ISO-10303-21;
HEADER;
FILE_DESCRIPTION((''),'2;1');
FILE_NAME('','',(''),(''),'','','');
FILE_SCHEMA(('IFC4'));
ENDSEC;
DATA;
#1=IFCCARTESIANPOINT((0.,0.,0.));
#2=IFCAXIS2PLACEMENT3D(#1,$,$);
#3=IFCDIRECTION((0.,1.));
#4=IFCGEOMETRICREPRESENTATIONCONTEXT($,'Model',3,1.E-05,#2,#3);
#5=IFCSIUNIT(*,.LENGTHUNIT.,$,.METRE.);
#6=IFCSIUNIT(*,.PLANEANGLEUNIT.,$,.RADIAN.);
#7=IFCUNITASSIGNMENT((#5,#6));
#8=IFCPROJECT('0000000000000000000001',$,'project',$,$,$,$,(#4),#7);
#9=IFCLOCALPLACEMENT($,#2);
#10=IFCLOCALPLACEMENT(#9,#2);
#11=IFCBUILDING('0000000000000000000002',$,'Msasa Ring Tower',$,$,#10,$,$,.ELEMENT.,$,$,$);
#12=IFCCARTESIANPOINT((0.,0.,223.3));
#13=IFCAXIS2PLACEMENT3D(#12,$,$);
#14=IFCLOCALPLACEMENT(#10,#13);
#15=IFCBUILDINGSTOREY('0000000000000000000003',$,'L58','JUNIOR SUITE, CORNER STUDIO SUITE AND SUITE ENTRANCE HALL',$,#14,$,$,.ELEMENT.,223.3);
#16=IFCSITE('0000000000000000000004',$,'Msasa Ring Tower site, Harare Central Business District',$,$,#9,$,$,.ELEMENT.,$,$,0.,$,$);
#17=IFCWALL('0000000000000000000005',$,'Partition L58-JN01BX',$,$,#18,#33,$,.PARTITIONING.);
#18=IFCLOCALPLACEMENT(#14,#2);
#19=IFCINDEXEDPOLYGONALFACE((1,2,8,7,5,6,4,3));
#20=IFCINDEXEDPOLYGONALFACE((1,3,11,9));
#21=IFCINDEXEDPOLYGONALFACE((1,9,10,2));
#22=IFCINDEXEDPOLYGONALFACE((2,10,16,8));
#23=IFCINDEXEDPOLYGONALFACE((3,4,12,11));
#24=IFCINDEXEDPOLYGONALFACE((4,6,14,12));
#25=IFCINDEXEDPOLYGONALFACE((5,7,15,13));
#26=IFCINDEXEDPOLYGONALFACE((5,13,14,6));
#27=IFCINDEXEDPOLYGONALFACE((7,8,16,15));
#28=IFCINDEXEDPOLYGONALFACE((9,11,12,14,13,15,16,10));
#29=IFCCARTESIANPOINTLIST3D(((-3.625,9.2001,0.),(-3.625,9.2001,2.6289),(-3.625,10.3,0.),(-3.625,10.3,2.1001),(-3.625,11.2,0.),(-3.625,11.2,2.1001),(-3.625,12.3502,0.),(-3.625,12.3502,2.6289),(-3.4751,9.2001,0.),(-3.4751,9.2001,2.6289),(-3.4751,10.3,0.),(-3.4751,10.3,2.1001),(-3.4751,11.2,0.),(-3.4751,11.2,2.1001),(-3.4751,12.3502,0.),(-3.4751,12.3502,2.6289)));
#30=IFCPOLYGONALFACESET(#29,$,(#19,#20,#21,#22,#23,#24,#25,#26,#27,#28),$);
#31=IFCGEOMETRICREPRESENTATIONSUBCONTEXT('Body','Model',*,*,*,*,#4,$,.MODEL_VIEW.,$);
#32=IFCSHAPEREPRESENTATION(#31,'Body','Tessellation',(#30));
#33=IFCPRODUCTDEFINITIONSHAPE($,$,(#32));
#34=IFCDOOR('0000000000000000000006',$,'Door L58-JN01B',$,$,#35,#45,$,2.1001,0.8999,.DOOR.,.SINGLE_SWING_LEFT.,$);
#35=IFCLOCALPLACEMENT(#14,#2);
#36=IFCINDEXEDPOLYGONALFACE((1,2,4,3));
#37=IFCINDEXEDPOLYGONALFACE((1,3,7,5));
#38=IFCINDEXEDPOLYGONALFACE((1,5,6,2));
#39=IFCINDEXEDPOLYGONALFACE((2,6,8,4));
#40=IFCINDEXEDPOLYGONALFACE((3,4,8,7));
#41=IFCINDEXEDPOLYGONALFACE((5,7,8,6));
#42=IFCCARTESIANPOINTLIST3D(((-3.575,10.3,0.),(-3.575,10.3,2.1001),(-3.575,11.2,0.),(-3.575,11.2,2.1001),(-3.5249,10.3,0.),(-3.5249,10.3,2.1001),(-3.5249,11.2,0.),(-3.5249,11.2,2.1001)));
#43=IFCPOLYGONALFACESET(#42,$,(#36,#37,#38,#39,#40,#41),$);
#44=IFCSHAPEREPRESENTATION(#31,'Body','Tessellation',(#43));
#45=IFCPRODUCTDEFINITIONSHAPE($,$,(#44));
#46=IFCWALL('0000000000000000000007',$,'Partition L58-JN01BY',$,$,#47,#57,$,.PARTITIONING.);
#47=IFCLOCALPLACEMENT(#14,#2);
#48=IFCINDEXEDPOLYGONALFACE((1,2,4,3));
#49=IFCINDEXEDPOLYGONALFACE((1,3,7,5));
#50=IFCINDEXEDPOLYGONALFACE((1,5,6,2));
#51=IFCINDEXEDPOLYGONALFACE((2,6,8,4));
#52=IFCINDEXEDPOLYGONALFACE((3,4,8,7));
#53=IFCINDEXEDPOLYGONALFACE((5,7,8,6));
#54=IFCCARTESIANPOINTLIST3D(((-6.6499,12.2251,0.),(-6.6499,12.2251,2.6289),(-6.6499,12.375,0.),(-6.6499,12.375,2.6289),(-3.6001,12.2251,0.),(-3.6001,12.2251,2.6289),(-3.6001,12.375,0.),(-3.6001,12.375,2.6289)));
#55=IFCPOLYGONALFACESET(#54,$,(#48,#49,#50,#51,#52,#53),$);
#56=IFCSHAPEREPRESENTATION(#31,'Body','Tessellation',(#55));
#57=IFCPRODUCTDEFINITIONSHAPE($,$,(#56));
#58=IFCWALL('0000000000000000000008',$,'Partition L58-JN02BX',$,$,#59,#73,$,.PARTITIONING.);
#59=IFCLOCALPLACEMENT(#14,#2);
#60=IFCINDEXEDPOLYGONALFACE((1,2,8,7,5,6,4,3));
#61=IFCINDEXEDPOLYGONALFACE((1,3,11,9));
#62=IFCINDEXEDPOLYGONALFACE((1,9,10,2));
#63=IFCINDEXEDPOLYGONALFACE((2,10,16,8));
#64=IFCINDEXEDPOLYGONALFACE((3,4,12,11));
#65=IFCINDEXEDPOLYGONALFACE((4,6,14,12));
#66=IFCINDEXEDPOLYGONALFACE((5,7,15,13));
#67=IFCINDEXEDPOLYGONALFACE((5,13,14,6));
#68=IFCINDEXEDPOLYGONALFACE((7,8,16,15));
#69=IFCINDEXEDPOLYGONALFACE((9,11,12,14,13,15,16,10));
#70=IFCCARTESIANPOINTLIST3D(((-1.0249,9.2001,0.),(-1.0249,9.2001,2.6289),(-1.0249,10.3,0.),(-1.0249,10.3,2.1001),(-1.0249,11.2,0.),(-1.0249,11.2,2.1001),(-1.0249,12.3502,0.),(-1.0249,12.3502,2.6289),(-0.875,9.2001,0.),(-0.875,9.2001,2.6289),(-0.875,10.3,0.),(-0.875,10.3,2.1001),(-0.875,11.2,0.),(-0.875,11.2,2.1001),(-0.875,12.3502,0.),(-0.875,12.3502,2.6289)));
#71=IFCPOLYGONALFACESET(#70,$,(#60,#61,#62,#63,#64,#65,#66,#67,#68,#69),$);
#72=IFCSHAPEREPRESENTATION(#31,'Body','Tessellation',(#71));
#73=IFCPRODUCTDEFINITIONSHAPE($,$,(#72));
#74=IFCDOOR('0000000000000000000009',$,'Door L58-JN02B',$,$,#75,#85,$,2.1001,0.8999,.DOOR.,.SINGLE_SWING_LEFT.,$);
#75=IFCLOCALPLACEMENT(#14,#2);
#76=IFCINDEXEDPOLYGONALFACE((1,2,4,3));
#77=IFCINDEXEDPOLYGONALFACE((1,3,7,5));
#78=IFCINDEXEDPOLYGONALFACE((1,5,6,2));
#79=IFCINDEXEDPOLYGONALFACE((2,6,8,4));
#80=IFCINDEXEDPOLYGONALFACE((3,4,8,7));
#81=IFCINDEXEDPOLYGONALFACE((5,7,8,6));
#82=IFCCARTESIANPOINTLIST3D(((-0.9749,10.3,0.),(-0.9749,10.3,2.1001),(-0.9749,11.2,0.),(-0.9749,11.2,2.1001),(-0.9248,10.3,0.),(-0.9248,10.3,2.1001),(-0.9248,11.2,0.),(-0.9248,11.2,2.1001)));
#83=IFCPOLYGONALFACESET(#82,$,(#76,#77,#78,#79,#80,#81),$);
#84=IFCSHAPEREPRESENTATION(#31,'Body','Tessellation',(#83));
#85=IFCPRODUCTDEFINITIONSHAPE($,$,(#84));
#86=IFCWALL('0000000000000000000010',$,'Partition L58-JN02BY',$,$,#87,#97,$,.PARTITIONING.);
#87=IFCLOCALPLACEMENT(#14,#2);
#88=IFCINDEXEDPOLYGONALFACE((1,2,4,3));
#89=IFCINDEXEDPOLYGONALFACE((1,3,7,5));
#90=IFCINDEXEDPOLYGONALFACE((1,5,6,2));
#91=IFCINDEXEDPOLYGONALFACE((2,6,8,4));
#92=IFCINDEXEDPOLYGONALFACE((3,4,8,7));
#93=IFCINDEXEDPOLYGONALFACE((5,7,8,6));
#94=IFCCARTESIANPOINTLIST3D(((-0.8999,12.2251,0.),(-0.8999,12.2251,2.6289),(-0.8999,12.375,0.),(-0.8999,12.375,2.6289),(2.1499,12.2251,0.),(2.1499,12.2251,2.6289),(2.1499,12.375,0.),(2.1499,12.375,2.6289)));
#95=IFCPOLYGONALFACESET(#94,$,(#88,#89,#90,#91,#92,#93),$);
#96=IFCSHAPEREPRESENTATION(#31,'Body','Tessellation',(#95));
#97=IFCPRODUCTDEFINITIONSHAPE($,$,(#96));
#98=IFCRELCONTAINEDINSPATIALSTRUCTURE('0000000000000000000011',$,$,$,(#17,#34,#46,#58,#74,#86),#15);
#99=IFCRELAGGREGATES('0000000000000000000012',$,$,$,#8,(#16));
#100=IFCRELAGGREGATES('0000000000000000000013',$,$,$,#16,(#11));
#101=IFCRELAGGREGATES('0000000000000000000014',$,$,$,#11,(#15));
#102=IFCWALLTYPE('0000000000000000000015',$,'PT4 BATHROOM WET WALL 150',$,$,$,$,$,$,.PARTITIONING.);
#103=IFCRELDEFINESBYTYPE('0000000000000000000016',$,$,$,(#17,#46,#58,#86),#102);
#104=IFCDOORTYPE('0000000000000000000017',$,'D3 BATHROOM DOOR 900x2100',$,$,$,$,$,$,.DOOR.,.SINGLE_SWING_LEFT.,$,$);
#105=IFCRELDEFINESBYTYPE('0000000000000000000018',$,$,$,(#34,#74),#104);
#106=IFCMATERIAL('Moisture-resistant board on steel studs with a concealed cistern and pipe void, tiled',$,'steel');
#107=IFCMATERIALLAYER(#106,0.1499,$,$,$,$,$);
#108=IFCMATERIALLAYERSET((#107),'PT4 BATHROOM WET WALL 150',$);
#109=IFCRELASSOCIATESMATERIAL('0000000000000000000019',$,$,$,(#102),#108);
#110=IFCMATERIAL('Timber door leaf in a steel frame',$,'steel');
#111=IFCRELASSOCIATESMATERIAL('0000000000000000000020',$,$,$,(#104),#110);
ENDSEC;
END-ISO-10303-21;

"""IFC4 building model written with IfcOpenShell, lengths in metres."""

from ifc_helpers import new_model, si_unit, direction, frame, frame_2d, origin, place, context, subcontext, project, spatial, rectangle, extrude, material, layer, layer_set, type_object, element, fill, save


model = new_model("IFC4")

# Units and contexts
model_context = context("Model", 3, precision=1e-05, world=origin(), true_north=direction((0.0, 1.0)))
body_context = subcontext(model_context, "Body", "Model", "MODEL_VIEW")
ifc_project = project(units=[si_unit("LENGTHUNIT", "METRE"), si_unit("PLANEANGLEUNIT", "RADIAN")], contexts=[model_context])

# Site, building, storey
site_placement = place(None, origin())
site = spatial("IfcSite", under=ifc_project, at=site_placement, Name="Msasa Ring Tower site, Harare Central Business District", CompositionType="ELEMENT", RefElevation=0.0)
building_placement = place(site_placement, origin())
building = spatial("IfcBuilding", under=site, at=building_placement, Name="Msasa Ring Tower", CompositionType="ELEMENT")
storey_placement = place(building_placement, frame((0.0, 0.0, 223.3)))
storey = spatial("IfcBuildingStorey", under=building, at=storey_placement, Name="L58", Description="JUNIOR SUITE, CORNER STUDIO SUITE AND SUITE ENTRANCE HALL", CompositionType="ELEMENT", Elevation=223.3)

# Shared definitions
ifc_material_1 = material(Name="Moisture-resistant board on steel studs with a concealed cistern and pipe void, tiled", Category="steel")
ifc_layer_1 = layer(ifc_material_1, 0.1499)
ifc_layer_set_1 = layer_set([ifc_layer_1], Name="PT4 BATHROOM WET WALL 150")
wall_type_1 = type_object("IfcWallType", Name="PT4 BATHROOM WET WALL 150", PredefinedType="PARTITIONING", material=ifc_layer_set_1)
ifc_material_2 = material(Name="Timber door leaf in a steel frame", Category="steel")
door_type = type_object("IfcDoorType", Name="D3 BATHROOM DOOR 900x2100", OperationType="SINGLE_SWING_LEFT", PredefinedType="DOOR", material=ifc_material_2)

# Wall, opening, door
wall_1_placement = place(storey_placement, frame((-3.55, 9.2, 0.0), z_axis=(0.0, 0.0, 1.0), x_axis=(0.0, 1.0, 0.0)))
wall_1 = element("IfcWall", 1, at=wall_1_placement, inside=storey, type_object=wall_type_1, Name="Partition L58-JN01BX", PredefinedType="PARTITIONING", context=body_context, shape_type="SweptSolid", body=[
    extrude(rectangle(XDim=3.1501, YDim=0.1499, at=frame_2d((1.5752, 0.0))), origin(), (0.0, 0.0, 1.0), 2.6289),
])
opening_1_placement = place(wall_1_placement, frame((1.1001, 0.0, 0.0)))
opening_1 = element("IfcOpeningElement", 2, at=opening_1_placement, cuts=wall_1, PredefinedType="OPENING", context=body_context, shape_type="SweptSolid", body=[
    extrude(rectangle(XDim=0.8999, YDim=2.1001, at=frame_2d((0.45, 1.05))), frame((0.0, 0.085, 0.0), z_axis=(0.0, -1.0, 0.0), x_axis=(1.0, 0.0, 0.0)), (0.0, 0.0, 1.0), 0.1699),
])
door_1_placement = place(opening_1_placement, origin())
door_1 = element("IfcDoor", 3, at=door_1_placement, inside=storey, type_object=door_type, Name="Door L58-JN01B", OperationType="SINGLE_SWING_LEFT", OverallHeight=2.1001, OverallWidth=0.8999, PredefinedType="DOOR", context=body_context, shape_type="SweptSolid", body=[
    extrude(rectangle(XDim=0.8999, YDim=2.1001, at=frame_2d((0.45, 1.05))), frame((0.0, 0.0249, 0.0), z_axis=(0.0, -1.0, 0.0), x_axis=(1.0, 0.0, 0.0)), (0.0, 0.0, 1.0), 0.05),
])
fill(opening_1, door_1)

# Wall
wall_2_placement = place(storey_placement, frame((-6.6499, 12.3, 0.0), z_axis=(0.0, 0.0, 1.0), x_axis=(1.0, 0.0, 0.0)))
element("IfcWall", 4, at=wall_2_placement, inside=storey, type_object=wall_type_1, Name="Partition L58-JN01BY", PredefinedType="PARTITIONING", context=body_context, shape_type="SweptSolid", body=[
    extrude(rectangle(XDim=3.0498, YDim=0.1499, at=frame_2d((1.5249, 0.0))), origin(), (0.0, 0.0, 1.0), 2.6289),
])

# Wall, opening, door
wall_3_placement = place(storey_placement, frame((-0.95, 9.2, 0.0), z_axis=(0.0, 0.0, 1.0), x_axis=(0.0, 1.0, 0.0)))
wall_3 = element("IfcWall", 5, at=wall_3_placement, inside=storey, type_object=wall_type_1, Name="Partition L58-JN02BX", PredefinedType="PARTITIONING", context=body_context, shape_type="SweptSolid", body=[
    extrude(rectangle(XDim=3.1501, YDim=0.1499, at=frame_2d((1.5752, 0.0))), origin(), (0.0, 0.0, 1.0), 2.6289),
])
opening_2_placement = place(wall_3_placement, frame((1.1001, 0.0, 0.0)))
opening_2 = element("IfcOpeningElement", 6, at=opening_2_placement, cuts=wall_3, PredefinedType="OPENING", context=body_context, shape_type="SweptSolid", body=[
    extrude(rectangle(XDim=0.8999, YDim=2.1001, at=frame_2d((0.45, 1.05))), frame((0.0, 0.085, 0.0), z_axis=(0.0, -1.0, 0.0), x_axis=(1.0, 0.0, 0.0)), (0.0, 0.0, 1.0), 0.1699),
])
door_2_placement = place(opening_2_placement, origin())
door_2 = element("IfcDoor", 7, at=door_2_placement, inside=storey, type_object=door_type, Name="Door L58-JN02B", OperationType="SINGLE_SWING_LEFT", OverallHeight=2.1001, OverallWidth=0.8999, PredefinedType="DOOR", context=body_context, shape_type="SweptSolid", body=[
    extrude(rectangle(XDim=0.8999, YDim=2.1001, at=frame_2d((0.45, 1.05))), frame((0.0, 0.0249, 0.0), z_axis=(0.0, -1.0, 0.0), x_axis=(1.0, 0.0, 0.0)), (0.0, 0.0, 1.0), 0.05),
])
fill(opening_2, door_2)

# Wall
wall_4_placement = place(storey_placement, frame((-0.8999, 12.3, 0.0), z_axis=(0.0, 0.0, 1.0), x_axis=(1.0, 0.0, 0.0)))
element("IfcWall", 8, at=wall_4_placement, inside=storey, type_object=wall_type_1, Name="Partition L58-JN02BY", PredefinedType="PARTITIONING", context=body_context, shape_type="SweptSolid", body=[
    extrude(rectangle(XDim=3.0498, YDim=0.1499, at=frame_2d((1.5249, 0.0))), origin(), (0.0, 0.0, 1.0), 2.6289),
])

save(model, "model.ifc")
